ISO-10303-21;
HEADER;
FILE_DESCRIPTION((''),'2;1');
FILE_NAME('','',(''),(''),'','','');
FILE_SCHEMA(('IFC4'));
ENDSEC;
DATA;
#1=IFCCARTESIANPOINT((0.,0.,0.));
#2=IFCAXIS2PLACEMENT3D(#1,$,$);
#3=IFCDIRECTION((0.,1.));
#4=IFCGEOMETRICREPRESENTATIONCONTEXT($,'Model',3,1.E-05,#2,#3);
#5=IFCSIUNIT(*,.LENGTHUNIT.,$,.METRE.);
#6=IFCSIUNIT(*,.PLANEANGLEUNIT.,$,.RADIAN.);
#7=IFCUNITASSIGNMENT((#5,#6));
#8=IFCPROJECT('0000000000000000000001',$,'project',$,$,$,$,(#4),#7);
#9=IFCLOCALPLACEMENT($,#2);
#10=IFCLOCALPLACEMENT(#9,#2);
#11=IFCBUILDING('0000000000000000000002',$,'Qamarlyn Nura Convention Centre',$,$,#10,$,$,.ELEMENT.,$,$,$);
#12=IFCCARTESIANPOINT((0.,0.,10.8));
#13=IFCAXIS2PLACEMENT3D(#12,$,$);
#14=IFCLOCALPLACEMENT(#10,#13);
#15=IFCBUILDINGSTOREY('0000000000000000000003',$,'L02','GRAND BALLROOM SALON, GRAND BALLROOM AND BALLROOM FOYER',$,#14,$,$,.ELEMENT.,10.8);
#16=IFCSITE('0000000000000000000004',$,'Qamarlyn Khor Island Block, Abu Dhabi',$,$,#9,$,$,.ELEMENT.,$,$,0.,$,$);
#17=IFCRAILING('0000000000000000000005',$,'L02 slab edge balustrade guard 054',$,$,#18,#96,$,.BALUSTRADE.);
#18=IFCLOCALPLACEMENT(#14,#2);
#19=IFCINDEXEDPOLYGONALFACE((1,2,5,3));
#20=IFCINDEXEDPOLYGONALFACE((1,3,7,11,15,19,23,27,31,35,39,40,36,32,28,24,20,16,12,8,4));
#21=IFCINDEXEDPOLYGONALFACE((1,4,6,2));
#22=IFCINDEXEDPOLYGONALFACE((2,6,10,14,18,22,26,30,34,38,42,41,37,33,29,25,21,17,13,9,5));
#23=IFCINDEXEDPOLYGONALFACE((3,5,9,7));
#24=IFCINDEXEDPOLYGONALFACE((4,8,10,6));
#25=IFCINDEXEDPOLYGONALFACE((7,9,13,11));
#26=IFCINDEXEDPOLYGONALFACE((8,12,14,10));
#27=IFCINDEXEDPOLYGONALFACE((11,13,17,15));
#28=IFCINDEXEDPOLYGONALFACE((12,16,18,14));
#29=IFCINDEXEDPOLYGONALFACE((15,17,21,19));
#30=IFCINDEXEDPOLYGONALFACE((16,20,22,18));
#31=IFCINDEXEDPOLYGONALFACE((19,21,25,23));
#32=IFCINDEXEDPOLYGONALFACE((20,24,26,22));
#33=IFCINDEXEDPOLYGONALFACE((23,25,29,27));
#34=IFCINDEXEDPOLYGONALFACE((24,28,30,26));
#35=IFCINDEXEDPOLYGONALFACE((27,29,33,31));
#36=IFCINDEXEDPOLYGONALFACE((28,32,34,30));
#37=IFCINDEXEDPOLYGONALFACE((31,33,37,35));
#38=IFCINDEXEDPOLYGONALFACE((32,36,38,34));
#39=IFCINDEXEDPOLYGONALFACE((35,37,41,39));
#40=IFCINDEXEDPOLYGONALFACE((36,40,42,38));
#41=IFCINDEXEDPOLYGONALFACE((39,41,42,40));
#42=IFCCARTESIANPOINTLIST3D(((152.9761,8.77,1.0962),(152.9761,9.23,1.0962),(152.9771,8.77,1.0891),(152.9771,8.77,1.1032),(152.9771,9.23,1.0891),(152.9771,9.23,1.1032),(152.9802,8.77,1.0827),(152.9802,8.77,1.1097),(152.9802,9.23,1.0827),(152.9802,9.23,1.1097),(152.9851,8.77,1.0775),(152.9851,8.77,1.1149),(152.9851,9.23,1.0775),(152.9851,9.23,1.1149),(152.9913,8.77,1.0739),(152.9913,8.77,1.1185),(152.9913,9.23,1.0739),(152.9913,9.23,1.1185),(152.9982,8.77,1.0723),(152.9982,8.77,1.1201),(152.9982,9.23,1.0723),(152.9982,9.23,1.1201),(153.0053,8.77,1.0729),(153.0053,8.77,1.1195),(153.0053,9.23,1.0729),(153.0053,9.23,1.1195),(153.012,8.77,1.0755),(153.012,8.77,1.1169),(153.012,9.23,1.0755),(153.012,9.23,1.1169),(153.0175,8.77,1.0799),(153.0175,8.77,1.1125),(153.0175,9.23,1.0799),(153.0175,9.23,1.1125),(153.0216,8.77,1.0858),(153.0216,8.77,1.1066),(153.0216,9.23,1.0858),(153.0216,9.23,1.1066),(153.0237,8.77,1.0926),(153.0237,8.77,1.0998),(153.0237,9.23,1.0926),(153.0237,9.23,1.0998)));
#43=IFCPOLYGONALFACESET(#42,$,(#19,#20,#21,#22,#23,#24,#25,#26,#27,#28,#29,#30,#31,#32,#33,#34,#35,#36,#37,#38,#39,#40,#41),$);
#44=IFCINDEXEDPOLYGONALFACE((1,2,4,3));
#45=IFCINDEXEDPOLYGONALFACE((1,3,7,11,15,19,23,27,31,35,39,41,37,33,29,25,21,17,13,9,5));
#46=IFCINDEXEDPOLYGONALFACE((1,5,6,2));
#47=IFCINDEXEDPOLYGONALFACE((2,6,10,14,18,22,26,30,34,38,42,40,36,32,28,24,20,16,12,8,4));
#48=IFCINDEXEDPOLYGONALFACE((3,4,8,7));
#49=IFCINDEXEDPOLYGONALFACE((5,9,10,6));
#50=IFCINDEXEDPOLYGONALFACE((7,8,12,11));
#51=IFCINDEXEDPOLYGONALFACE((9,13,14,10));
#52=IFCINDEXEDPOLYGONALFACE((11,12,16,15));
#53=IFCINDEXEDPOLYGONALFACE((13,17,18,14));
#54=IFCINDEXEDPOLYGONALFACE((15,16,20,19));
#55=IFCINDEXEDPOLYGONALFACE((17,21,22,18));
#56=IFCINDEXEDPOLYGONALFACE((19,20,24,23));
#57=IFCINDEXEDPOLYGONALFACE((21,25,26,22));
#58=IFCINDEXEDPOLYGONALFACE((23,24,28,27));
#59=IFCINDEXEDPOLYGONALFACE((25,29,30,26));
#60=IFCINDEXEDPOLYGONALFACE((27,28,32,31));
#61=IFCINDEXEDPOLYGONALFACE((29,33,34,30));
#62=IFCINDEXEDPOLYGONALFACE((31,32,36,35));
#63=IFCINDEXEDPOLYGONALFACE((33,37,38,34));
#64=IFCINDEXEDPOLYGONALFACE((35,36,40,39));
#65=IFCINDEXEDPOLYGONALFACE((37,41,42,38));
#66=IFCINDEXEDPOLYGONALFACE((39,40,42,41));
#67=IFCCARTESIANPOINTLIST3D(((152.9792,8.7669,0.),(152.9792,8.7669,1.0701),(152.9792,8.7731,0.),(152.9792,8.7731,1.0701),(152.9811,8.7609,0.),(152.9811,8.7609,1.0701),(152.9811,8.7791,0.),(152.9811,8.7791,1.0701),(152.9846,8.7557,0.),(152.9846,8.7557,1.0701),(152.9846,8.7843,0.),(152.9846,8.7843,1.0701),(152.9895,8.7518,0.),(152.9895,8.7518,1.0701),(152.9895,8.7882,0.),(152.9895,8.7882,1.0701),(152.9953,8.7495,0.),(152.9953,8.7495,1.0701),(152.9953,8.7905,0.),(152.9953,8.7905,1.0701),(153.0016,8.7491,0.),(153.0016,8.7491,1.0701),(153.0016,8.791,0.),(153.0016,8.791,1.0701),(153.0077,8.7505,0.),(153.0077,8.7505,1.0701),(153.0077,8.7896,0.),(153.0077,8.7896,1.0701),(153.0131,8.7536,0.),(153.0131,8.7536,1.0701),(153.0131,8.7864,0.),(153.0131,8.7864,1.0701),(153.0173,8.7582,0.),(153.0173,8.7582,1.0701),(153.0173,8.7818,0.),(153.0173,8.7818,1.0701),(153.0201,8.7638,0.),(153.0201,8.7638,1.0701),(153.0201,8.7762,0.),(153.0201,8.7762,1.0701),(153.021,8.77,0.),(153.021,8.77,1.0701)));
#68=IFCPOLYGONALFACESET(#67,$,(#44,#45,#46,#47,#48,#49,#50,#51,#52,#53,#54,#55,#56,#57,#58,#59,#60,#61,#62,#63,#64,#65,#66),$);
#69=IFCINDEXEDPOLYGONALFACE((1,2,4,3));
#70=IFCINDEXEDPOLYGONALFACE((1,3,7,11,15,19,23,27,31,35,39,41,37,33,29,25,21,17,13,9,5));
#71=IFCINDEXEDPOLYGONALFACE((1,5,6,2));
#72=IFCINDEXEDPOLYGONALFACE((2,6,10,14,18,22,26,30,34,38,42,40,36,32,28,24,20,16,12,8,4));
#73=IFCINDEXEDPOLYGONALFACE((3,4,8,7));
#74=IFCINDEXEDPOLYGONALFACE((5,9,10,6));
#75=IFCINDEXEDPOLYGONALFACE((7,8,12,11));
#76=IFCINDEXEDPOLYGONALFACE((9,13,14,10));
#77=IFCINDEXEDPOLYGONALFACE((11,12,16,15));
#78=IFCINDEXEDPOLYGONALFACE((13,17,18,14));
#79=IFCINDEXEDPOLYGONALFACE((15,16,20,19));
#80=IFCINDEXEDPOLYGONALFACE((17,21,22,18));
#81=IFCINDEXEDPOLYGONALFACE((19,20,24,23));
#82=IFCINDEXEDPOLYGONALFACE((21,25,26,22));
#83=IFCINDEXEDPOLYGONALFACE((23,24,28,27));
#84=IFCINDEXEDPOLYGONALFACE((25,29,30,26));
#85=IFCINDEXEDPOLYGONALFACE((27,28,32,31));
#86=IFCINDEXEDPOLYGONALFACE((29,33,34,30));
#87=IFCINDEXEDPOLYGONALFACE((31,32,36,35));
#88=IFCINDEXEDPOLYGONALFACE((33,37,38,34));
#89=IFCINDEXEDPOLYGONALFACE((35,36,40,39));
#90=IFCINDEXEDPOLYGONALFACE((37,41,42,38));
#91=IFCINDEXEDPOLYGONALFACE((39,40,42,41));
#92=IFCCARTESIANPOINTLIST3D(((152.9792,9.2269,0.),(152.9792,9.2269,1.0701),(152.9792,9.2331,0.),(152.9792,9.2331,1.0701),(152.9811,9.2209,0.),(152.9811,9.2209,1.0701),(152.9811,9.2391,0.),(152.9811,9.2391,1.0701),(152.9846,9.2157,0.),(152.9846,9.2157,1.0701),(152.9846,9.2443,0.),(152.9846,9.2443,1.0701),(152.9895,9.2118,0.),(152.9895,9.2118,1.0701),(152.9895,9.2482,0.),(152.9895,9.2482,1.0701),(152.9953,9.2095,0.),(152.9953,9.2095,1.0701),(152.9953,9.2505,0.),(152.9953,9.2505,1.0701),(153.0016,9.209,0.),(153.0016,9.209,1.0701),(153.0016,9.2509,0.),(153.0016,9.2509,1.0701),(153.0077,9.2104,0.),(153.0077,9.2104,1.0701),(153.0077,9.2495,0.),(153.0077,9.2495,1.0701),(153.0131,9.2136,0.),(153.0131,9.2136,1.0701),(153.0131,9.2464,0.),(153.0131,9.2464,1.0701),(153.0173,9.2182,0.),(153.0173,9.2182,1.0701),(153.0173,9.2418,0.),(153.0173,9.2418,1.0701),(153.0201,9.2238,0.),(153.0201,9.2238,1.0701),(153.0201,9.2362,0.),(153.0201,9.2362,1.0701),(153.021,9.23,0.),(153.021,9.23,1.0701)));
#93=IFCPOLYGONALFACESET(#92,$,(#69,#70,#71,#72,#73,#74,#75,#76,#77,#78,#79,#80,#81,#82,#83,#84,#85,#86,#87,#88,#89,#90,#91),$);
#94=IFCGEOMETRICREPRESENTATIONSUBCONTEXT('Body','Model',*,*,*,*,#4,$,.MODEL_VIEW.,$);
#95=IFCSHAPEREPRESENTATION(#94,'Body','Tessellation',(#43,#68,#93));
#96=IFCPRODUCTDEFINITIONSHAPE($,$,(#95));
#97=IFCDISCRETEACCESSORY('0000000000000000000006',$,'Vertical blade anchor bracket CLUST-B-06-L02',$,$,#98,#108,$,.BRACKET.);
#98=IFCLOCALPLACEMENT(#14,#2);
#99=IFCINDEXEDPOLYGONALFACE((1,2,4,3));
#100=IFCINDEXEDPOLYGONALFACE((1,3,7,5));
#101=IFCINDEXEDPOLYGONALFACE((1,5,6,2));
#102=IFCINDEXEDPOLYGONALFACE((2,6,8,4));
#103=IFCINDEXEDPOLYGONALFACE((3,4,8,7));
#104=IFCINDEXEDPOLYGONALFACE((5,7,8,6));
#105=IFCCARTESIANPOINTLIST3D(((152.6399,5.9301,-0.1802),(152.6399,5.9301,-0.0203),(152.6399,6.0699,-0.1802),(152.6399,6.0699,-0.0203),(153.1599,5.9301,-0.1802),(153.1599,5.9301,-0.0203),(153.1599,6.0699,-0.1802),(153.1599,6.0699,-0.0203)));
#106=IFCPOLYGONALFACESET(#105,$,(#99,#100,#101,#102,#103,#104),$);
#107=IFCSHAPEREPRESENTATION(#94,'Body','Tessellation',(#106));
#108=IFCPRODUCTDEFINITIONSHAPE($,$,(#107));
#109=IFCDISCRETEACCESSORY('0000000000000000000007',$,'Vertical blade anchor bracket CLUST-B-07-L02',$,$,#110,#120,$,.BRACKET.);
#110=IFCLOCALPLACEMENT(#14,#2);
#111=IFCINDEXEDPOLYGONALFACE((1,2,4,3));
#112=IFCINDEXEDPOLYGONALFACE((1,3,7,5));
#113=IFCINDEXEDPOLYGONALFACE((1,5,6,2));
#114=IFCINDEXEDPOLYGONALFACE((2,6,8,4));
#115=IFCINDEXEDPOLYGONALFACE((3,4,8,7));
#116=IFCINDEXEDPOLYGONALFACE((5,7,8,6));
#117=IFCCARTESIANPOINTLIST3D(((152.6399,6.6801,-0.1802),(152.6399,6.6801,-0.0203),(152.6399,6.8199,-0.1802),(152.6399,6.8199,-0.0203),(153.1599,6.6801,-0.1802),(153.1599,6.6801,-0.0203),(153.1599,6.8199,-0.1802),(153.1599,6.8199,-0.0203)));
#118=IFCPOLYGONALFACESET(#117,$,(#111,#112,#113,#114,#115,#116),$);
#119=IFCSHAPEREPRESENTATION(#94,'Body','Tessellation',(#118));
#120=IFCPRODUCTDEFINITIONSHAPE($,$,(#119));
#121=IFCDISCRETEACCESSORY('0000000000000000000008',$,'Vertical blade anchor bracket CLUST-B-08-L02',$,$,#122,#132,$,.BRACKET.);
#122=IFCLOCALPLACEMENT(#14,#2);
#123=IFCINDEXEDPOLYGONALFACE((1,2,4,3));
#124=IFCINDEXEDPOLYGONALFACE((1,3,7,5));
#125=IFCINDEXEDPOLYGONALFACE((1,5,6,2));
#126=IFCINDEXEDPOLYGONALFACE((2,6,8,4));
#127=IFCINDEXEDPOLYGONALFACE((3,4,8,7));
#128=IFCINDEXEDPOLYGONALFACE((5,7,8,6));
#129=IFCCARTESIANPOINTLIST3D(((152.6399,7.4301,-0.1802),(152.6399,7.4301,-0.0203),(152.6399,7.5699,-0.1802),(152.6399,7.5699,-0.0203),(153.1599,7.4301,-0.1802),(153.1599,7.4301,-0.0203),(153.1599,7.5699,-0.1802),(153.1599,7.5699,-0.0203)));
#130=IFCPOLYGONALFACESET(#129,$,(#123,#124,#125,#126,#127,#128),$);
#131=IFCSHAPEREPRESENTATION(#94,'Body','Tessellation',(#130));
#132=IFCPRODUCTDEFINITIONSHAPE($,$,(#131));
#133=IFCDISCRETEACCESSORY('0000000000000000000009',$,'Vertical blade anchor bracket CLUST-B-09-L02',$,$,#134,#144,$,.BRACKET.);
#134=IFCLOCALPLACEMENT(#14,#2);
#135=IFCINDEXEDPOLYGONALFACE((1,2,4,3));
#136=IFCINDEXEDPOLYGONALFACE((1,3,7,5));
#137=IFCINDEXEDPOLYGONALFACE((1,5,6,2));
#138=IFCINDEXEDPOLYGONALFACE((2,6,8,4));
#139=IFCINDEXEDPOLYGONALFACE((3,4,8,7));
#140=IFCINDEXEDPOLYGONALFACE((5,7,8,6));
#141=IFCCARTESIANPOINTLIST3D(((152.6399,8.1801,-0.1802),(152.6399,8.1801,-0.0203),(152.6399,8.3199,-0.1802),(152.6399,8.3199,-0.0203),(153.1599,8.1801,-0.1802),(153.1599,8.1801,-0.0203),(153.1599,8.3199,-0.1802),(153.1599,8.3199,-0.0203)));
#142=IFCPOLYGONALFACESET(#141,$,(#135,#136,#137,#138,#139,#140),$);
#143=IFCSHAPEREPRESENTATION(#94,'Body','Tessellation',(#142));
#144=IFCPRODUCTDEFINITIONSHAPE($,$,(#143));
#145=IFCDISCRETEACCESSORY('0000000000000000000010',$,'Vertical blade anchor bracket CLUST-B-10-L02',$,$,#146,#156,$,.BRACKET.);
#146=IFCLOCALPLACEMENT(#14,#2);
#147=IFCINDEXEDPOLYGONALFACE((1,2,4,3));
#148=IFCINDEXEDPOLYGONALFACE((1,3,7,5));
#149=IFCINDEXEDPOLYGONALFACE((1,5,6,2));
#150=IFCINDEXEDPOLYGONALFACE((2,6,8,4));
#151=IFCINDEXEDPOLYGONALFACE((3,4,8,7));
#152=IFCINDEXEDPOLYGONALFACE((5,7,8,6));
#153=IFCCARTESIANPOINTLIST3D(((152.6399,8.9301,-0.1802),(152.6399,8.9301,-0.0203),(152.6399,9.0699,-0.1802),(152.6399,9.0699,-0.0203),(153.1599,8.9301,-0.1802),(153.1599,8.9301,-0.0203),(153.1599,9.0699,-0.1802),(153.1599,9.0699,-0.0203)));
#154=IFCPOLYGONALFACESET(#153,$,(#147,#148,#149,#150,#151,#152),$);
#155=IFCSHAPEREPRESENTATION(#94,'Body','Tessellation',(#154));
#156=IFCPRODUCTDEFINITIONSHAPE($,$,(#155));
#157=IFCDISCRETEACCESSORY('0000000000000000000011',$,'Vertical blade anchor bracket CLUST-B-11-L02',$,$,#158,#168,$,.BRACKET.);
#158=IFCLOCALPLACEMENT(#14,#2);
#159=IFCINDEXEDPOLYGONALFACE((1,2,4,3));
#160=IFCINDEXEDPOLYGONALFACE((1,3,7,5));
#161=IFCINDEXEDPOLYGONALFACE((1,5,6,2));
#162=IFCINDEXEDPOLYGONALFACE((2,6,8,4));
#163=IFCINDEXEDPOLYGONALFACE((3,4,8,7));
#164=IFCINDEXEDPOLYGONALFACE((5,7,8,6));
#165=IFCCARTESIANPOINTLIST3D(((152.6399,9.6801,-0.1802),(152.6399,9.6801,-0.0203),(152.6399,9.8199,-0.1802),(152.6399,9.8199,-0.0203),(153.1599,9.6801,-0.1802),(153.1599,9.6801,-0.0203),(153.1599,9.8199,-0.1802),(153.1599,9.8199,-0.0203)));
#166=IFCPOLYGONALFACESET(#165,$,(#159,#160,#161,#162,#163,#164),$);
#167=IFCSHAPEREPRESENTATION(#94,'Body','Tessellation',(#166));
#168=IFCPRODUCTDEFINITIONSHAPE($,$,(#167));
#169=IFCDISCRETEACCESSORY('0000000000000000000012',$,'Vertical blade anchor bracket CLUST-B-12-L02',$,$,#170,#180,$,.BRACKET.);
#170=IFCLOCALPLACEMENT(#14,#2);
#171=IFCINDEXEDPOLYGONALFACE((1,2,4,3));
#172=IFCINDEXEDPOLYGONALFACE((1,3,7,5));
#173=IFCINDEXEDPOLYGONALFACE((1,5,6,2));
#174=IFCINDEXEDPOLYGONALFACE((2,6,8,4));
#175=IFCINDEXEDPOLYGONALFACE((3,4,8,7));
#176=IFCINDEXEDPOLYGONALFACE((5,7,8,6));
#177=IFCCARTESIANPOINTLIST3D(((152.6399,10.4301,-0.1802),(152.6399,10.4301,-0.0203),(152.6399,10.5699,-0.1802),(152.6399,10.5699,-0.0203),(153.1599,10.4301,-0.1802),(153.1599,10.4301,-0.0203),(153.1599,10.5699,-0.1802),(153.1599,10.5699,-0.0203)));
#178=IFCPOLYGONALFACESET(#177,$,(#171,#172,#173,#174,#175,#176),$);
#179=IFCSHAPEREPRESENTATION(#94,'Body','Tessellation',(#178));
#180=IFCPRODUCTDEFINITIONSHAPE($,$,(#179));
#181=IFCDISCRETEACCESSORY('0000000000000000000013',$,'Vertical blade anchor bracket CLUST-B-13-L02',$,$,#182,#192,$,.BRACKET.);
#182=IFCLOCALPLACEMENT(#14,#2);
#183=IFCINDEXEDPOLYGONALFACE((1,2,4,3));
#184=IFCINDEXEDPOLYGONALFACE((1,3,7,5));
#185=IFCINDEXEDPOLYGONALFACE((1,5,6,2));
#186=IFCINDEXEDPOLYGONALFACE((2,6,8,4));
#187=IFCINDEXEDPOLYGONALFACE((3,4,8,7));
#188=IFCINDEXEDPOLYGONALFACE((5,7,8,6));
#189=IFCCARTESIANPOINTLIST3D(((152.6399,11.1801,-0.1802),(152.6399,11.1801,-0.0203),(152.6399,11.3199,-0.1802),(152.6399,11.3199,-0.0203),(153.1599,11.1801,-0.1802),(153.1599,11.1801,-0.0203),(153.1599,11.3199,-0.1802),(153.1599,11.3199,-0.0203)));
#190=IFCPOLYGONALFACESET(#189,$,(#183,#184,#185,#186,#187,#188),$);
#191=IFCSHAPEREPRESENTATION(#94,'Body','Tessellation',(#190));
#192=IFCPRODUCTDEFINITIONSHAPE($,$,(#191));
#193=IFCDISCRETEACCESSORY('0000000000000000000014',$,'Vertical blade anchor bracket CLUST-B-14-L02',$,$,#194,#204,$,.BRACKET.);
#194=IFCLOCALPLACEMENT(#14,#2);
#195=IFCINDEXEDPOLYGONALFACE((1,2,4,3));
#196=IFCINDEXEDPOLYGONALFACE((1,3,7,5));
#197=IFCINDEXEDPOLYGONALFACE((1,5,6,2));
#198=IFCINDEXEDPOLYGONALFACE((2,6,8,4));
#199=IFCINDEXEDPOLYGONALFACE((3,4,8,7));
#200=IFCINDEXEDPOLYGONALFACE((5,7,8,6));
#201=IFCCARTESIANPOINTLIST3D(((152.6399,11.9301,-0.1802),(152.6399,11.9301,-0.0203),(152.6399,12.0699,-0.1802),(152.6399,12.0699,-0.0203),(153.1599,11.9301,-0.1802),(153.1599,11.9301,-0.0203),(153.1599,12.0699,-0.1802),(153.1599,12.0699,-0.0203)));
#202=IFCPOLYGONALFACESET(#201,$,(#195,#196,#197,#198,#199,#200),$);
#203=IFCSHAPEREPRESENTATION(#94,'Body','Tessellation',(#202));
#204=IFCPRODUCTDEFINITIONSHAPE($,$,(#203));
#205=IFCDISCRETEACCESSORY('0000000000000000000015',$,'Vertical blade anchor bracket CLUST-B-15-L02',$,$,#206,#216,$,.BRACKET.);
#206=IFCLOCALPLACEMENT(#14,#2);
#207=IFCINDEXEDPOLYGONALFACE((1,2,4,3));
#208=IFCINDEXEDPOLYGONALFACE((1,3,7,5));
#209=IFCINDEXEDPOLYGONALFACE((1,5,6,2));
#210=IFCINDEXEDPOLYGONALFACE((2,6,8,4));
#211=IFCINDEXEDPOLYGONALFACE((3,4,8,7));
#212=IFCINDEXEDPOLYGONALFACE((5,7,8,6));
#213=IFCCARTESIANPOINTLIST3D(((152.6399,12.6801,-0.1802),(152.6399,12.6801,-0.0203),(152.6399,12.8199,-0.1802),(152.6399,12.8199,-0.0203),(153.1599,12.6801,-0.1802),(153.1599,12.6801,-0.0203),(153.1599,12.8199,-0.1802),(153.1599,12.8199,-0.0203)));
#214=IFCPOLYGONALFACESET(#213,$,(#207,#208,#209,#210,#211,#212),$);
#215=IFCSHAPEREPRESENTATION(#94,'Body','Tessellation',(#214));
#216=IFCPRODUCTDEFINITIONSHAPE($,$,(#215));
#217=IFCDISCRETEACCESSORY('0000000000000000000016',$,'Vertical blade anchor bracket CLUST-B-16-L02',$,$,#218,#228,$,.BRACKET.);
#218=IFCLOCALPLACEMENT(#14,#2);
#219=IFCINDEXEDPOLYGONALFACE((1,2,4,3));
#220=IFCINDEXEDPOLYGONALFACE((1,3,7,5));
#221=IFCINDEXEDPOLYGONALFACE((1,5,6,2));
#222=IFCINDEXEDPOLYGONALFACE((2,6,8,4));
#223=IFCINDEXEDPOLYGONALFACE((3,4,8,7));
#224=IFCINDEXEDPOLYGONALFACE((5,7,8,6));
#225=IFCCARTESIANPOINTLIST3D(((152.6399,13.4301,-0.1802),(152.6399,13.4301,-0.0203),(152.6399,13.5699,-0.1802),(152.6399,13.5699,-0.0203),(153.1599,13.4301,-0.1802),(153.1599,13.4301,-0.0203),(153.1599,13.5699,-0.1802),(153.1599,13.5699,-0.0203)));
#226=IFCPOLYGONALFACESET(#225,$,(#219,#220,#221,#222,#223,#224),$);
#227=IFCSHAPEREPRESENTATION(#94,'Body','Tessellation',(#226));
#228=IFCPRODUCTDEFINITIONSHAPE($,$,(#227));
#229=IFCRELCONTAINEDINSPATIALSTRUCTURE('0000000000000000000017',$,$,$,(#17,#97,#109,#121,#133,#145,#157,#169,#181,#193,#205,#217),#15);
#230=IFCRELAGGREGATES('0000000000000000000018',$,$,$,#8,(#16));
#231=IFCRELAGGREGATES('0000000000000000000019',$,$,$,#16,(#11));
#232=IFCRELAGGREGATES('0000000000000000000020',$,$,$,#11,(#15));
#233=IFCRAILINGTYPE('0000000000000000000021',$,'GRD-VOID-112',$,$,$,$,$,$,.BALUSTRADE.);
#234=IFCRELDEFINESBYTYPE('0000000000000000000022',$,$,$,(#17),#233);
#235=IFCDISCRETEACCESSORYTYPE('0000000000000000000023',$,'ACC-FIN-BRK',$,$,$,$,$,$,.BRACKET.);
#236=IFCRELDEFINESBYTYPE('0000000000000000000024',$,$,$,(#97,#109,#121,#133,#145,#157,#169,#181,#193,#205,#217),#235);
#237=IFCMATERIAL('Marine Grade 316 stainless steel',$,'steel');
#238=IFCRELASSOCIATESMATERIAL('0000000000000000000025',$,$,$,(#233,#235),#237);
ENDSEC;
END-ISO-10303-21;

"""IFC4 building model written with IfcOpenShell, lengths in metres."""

from ifc_helpers import new_model, si_unit, direction, frame, origin, origin_2d, place, context, subcontext, project, spatial, rectangle, circle, extrude, material, type_object, element, save


model = new_model("IFC4")

# Units and contexts
model_context = context("Model", 3, precision=1e-05, world=origin(), true_north=direction((0.0, 1.0)))
body_context = subcontext(model_context, "Body", "Model", "MODEL_VIEW")
ifc_project = project(units=[si_unit("LENGTHUNIT", "METRE"), si_unit("PLANEANGLEUNIT", "RADIAN")], contexts=[model_context])

# Site, building, storey
site_placement = place(None, origin())
site = spatial("IfcSite", under=ifc_project, at=site_placement, Name="Qamarlyn Khor Island Block, Abu Dhabi", CompositionType="ELEMENT", RefElevation=0.0)
building_placement = place(site_placement, origin())
building = spatial("IfcBuilding", under=site, at=building_placement, Name="Qamarlyn Nura Convention Centre", CompositionType="ELEMENT")
storey_placement = place(building_placement, frame((0.0, 0.0, 10.8)))
storey = spatial("IfcBuildingStorey", under=building, at=storey_placement, Name="L02", Description="GRAND BALLROOM SALON, GRAND BALLROOM AND BALLROOM FOYER", CompositionType="ELEMENT", Elevation=10.8)

# Railing
ifc_material_1 = material(Name="Marine Grade 316 stainless steel", Category="steel")
railing_type = type_object("IfcRailingType", Name="GRD-VOID-112", PredefinedType="BALUSTRADE", material=ifc_material_1)
railing_placement = place(storey_placement, frame((153.0, 8.77, 0.0)))
element("IfcRailing", 1, at=railing_placement, inside=storey, type_object=railing_type, Name="L02 slab edge balustrade guard 054", PredefinedType="BALUSTRADE", context=body_context, shape_type="SweptSolid", body=[
    extrude(circle(Radius=0.0239, at=origin_2d()), frame((0.0, 0.0, 1.0962), z_axis=(0.0, 1.0, 0.0), x_axis=(-1.0, 0.0, 0.0)), (0.0, 0.0, 1.0), 0.46),
    extrude(circle(Radius=0.021, at=origin_2d()), origin(), (0.0, 0.0, 1.0), 1.0701),
    extrude(circle(Radius=0.021, at=origin_2d()), frame((0.0, 0.46, 0.0)), (0.0, 0.0, 1.0), 1.0701),
])

# Discrete accessories
discrete_accessory_type = type_object("IfcDiscreteAccessoryType", Name="ACC-FIN-BRK", PredefinedType="BRACKET", material=ifc_material_1)
for number, where, z_axis, x_axis, name in (
    (2, (152.8999, 6.0, -0.1802), (0.0, 0.0, 1.0), (-1.0, 0.0, 0.0), "Vertical blade anchor bracket CLUST-B-06-L02"),
    (3, (152.8999, 6.75, -0.1802), (0.0, 0.0, 1.0), (-1.0, 0.0, 0.0), "Vertical blade anchor bracket CLUST-B-07-L02"),
    (4, (152.8999, 7.5, -0.1802), (0.0, 0.0, 1.0), (-1.0, 0.0, 0.0), "Vertical blade anchor bracket CLUST-B-08-L02"),
    (5, (152.8999, 8.25, -0.1802), (0.0, 0.0, 1.0), (-1.0, 0.0, 0.0), "Vertical blade anchor bracket CLUST-B-09-L02"),
    (6, (152.8999, 9.0, -0.1802), (0.0, 0.0, 1.0), (-1.0, 0.0, 0.0), "Vertical blade anchor bracket CLUST-B-10-L02"),
    (7, (152.8999, 9.75, -0.1802), (0.0, 0.0, 1.0), (-1.0, 0.0, 0.0), "Vertical blade anchor bracket CLUST-B-11-L02"),
    (8, (152.8999, 10.5, -0.1802), (0.0, 0.0, 1.0), (-1.0, 0.0, 0.0), "Vertical blade anchor bracket CLUST-B-12-L02"),
    (9, (152.8999, 11.25, -0.1802), (0.0, 0.0, 1.0), (-1.0, 0.0, 0.0), "Vertical blade anchor bracket CLUST-B-13-L02"),
    (10, (152.8999, 12.0, -0.1802), (0.0, 0.0, 1.0), (-1.0, 0.0, 0.0), "Vertical blade anchor bracket CLUST-B-14-L02"),
    (11, (152.8999, 12.75, -0.1802), (0.0, 0.0, 1.0), (-1.0, 0.0, 0.0), "Vertical blade anchor bracket CLUST-B-15-L02"),
    (12, (152.8999, 13.5, -0.1802), (0.0, 0.0, 1.0), (-1.0, 0.0, 0.0), "Vertical blade anchor bracket CLUST-B-16-L02"),
):
    element("IfcDiscreteAccessory", number, at=place(storey_placement, frame(where, z_axis=z_axis, x_axis=x_axis)), inside=storey, type_object=discrete_accessory_type, Name=name, PredefinedType="BRACKET", context=body_context, shape_type="SweptSolid", body=[
        extrude(rectangle(XDim=0.52, YDim=0.1399, at=origin_2d()), origin(), (0.0, 0.0, 1.0), 0.1599),
    ])

save(model, "model.ifc")
